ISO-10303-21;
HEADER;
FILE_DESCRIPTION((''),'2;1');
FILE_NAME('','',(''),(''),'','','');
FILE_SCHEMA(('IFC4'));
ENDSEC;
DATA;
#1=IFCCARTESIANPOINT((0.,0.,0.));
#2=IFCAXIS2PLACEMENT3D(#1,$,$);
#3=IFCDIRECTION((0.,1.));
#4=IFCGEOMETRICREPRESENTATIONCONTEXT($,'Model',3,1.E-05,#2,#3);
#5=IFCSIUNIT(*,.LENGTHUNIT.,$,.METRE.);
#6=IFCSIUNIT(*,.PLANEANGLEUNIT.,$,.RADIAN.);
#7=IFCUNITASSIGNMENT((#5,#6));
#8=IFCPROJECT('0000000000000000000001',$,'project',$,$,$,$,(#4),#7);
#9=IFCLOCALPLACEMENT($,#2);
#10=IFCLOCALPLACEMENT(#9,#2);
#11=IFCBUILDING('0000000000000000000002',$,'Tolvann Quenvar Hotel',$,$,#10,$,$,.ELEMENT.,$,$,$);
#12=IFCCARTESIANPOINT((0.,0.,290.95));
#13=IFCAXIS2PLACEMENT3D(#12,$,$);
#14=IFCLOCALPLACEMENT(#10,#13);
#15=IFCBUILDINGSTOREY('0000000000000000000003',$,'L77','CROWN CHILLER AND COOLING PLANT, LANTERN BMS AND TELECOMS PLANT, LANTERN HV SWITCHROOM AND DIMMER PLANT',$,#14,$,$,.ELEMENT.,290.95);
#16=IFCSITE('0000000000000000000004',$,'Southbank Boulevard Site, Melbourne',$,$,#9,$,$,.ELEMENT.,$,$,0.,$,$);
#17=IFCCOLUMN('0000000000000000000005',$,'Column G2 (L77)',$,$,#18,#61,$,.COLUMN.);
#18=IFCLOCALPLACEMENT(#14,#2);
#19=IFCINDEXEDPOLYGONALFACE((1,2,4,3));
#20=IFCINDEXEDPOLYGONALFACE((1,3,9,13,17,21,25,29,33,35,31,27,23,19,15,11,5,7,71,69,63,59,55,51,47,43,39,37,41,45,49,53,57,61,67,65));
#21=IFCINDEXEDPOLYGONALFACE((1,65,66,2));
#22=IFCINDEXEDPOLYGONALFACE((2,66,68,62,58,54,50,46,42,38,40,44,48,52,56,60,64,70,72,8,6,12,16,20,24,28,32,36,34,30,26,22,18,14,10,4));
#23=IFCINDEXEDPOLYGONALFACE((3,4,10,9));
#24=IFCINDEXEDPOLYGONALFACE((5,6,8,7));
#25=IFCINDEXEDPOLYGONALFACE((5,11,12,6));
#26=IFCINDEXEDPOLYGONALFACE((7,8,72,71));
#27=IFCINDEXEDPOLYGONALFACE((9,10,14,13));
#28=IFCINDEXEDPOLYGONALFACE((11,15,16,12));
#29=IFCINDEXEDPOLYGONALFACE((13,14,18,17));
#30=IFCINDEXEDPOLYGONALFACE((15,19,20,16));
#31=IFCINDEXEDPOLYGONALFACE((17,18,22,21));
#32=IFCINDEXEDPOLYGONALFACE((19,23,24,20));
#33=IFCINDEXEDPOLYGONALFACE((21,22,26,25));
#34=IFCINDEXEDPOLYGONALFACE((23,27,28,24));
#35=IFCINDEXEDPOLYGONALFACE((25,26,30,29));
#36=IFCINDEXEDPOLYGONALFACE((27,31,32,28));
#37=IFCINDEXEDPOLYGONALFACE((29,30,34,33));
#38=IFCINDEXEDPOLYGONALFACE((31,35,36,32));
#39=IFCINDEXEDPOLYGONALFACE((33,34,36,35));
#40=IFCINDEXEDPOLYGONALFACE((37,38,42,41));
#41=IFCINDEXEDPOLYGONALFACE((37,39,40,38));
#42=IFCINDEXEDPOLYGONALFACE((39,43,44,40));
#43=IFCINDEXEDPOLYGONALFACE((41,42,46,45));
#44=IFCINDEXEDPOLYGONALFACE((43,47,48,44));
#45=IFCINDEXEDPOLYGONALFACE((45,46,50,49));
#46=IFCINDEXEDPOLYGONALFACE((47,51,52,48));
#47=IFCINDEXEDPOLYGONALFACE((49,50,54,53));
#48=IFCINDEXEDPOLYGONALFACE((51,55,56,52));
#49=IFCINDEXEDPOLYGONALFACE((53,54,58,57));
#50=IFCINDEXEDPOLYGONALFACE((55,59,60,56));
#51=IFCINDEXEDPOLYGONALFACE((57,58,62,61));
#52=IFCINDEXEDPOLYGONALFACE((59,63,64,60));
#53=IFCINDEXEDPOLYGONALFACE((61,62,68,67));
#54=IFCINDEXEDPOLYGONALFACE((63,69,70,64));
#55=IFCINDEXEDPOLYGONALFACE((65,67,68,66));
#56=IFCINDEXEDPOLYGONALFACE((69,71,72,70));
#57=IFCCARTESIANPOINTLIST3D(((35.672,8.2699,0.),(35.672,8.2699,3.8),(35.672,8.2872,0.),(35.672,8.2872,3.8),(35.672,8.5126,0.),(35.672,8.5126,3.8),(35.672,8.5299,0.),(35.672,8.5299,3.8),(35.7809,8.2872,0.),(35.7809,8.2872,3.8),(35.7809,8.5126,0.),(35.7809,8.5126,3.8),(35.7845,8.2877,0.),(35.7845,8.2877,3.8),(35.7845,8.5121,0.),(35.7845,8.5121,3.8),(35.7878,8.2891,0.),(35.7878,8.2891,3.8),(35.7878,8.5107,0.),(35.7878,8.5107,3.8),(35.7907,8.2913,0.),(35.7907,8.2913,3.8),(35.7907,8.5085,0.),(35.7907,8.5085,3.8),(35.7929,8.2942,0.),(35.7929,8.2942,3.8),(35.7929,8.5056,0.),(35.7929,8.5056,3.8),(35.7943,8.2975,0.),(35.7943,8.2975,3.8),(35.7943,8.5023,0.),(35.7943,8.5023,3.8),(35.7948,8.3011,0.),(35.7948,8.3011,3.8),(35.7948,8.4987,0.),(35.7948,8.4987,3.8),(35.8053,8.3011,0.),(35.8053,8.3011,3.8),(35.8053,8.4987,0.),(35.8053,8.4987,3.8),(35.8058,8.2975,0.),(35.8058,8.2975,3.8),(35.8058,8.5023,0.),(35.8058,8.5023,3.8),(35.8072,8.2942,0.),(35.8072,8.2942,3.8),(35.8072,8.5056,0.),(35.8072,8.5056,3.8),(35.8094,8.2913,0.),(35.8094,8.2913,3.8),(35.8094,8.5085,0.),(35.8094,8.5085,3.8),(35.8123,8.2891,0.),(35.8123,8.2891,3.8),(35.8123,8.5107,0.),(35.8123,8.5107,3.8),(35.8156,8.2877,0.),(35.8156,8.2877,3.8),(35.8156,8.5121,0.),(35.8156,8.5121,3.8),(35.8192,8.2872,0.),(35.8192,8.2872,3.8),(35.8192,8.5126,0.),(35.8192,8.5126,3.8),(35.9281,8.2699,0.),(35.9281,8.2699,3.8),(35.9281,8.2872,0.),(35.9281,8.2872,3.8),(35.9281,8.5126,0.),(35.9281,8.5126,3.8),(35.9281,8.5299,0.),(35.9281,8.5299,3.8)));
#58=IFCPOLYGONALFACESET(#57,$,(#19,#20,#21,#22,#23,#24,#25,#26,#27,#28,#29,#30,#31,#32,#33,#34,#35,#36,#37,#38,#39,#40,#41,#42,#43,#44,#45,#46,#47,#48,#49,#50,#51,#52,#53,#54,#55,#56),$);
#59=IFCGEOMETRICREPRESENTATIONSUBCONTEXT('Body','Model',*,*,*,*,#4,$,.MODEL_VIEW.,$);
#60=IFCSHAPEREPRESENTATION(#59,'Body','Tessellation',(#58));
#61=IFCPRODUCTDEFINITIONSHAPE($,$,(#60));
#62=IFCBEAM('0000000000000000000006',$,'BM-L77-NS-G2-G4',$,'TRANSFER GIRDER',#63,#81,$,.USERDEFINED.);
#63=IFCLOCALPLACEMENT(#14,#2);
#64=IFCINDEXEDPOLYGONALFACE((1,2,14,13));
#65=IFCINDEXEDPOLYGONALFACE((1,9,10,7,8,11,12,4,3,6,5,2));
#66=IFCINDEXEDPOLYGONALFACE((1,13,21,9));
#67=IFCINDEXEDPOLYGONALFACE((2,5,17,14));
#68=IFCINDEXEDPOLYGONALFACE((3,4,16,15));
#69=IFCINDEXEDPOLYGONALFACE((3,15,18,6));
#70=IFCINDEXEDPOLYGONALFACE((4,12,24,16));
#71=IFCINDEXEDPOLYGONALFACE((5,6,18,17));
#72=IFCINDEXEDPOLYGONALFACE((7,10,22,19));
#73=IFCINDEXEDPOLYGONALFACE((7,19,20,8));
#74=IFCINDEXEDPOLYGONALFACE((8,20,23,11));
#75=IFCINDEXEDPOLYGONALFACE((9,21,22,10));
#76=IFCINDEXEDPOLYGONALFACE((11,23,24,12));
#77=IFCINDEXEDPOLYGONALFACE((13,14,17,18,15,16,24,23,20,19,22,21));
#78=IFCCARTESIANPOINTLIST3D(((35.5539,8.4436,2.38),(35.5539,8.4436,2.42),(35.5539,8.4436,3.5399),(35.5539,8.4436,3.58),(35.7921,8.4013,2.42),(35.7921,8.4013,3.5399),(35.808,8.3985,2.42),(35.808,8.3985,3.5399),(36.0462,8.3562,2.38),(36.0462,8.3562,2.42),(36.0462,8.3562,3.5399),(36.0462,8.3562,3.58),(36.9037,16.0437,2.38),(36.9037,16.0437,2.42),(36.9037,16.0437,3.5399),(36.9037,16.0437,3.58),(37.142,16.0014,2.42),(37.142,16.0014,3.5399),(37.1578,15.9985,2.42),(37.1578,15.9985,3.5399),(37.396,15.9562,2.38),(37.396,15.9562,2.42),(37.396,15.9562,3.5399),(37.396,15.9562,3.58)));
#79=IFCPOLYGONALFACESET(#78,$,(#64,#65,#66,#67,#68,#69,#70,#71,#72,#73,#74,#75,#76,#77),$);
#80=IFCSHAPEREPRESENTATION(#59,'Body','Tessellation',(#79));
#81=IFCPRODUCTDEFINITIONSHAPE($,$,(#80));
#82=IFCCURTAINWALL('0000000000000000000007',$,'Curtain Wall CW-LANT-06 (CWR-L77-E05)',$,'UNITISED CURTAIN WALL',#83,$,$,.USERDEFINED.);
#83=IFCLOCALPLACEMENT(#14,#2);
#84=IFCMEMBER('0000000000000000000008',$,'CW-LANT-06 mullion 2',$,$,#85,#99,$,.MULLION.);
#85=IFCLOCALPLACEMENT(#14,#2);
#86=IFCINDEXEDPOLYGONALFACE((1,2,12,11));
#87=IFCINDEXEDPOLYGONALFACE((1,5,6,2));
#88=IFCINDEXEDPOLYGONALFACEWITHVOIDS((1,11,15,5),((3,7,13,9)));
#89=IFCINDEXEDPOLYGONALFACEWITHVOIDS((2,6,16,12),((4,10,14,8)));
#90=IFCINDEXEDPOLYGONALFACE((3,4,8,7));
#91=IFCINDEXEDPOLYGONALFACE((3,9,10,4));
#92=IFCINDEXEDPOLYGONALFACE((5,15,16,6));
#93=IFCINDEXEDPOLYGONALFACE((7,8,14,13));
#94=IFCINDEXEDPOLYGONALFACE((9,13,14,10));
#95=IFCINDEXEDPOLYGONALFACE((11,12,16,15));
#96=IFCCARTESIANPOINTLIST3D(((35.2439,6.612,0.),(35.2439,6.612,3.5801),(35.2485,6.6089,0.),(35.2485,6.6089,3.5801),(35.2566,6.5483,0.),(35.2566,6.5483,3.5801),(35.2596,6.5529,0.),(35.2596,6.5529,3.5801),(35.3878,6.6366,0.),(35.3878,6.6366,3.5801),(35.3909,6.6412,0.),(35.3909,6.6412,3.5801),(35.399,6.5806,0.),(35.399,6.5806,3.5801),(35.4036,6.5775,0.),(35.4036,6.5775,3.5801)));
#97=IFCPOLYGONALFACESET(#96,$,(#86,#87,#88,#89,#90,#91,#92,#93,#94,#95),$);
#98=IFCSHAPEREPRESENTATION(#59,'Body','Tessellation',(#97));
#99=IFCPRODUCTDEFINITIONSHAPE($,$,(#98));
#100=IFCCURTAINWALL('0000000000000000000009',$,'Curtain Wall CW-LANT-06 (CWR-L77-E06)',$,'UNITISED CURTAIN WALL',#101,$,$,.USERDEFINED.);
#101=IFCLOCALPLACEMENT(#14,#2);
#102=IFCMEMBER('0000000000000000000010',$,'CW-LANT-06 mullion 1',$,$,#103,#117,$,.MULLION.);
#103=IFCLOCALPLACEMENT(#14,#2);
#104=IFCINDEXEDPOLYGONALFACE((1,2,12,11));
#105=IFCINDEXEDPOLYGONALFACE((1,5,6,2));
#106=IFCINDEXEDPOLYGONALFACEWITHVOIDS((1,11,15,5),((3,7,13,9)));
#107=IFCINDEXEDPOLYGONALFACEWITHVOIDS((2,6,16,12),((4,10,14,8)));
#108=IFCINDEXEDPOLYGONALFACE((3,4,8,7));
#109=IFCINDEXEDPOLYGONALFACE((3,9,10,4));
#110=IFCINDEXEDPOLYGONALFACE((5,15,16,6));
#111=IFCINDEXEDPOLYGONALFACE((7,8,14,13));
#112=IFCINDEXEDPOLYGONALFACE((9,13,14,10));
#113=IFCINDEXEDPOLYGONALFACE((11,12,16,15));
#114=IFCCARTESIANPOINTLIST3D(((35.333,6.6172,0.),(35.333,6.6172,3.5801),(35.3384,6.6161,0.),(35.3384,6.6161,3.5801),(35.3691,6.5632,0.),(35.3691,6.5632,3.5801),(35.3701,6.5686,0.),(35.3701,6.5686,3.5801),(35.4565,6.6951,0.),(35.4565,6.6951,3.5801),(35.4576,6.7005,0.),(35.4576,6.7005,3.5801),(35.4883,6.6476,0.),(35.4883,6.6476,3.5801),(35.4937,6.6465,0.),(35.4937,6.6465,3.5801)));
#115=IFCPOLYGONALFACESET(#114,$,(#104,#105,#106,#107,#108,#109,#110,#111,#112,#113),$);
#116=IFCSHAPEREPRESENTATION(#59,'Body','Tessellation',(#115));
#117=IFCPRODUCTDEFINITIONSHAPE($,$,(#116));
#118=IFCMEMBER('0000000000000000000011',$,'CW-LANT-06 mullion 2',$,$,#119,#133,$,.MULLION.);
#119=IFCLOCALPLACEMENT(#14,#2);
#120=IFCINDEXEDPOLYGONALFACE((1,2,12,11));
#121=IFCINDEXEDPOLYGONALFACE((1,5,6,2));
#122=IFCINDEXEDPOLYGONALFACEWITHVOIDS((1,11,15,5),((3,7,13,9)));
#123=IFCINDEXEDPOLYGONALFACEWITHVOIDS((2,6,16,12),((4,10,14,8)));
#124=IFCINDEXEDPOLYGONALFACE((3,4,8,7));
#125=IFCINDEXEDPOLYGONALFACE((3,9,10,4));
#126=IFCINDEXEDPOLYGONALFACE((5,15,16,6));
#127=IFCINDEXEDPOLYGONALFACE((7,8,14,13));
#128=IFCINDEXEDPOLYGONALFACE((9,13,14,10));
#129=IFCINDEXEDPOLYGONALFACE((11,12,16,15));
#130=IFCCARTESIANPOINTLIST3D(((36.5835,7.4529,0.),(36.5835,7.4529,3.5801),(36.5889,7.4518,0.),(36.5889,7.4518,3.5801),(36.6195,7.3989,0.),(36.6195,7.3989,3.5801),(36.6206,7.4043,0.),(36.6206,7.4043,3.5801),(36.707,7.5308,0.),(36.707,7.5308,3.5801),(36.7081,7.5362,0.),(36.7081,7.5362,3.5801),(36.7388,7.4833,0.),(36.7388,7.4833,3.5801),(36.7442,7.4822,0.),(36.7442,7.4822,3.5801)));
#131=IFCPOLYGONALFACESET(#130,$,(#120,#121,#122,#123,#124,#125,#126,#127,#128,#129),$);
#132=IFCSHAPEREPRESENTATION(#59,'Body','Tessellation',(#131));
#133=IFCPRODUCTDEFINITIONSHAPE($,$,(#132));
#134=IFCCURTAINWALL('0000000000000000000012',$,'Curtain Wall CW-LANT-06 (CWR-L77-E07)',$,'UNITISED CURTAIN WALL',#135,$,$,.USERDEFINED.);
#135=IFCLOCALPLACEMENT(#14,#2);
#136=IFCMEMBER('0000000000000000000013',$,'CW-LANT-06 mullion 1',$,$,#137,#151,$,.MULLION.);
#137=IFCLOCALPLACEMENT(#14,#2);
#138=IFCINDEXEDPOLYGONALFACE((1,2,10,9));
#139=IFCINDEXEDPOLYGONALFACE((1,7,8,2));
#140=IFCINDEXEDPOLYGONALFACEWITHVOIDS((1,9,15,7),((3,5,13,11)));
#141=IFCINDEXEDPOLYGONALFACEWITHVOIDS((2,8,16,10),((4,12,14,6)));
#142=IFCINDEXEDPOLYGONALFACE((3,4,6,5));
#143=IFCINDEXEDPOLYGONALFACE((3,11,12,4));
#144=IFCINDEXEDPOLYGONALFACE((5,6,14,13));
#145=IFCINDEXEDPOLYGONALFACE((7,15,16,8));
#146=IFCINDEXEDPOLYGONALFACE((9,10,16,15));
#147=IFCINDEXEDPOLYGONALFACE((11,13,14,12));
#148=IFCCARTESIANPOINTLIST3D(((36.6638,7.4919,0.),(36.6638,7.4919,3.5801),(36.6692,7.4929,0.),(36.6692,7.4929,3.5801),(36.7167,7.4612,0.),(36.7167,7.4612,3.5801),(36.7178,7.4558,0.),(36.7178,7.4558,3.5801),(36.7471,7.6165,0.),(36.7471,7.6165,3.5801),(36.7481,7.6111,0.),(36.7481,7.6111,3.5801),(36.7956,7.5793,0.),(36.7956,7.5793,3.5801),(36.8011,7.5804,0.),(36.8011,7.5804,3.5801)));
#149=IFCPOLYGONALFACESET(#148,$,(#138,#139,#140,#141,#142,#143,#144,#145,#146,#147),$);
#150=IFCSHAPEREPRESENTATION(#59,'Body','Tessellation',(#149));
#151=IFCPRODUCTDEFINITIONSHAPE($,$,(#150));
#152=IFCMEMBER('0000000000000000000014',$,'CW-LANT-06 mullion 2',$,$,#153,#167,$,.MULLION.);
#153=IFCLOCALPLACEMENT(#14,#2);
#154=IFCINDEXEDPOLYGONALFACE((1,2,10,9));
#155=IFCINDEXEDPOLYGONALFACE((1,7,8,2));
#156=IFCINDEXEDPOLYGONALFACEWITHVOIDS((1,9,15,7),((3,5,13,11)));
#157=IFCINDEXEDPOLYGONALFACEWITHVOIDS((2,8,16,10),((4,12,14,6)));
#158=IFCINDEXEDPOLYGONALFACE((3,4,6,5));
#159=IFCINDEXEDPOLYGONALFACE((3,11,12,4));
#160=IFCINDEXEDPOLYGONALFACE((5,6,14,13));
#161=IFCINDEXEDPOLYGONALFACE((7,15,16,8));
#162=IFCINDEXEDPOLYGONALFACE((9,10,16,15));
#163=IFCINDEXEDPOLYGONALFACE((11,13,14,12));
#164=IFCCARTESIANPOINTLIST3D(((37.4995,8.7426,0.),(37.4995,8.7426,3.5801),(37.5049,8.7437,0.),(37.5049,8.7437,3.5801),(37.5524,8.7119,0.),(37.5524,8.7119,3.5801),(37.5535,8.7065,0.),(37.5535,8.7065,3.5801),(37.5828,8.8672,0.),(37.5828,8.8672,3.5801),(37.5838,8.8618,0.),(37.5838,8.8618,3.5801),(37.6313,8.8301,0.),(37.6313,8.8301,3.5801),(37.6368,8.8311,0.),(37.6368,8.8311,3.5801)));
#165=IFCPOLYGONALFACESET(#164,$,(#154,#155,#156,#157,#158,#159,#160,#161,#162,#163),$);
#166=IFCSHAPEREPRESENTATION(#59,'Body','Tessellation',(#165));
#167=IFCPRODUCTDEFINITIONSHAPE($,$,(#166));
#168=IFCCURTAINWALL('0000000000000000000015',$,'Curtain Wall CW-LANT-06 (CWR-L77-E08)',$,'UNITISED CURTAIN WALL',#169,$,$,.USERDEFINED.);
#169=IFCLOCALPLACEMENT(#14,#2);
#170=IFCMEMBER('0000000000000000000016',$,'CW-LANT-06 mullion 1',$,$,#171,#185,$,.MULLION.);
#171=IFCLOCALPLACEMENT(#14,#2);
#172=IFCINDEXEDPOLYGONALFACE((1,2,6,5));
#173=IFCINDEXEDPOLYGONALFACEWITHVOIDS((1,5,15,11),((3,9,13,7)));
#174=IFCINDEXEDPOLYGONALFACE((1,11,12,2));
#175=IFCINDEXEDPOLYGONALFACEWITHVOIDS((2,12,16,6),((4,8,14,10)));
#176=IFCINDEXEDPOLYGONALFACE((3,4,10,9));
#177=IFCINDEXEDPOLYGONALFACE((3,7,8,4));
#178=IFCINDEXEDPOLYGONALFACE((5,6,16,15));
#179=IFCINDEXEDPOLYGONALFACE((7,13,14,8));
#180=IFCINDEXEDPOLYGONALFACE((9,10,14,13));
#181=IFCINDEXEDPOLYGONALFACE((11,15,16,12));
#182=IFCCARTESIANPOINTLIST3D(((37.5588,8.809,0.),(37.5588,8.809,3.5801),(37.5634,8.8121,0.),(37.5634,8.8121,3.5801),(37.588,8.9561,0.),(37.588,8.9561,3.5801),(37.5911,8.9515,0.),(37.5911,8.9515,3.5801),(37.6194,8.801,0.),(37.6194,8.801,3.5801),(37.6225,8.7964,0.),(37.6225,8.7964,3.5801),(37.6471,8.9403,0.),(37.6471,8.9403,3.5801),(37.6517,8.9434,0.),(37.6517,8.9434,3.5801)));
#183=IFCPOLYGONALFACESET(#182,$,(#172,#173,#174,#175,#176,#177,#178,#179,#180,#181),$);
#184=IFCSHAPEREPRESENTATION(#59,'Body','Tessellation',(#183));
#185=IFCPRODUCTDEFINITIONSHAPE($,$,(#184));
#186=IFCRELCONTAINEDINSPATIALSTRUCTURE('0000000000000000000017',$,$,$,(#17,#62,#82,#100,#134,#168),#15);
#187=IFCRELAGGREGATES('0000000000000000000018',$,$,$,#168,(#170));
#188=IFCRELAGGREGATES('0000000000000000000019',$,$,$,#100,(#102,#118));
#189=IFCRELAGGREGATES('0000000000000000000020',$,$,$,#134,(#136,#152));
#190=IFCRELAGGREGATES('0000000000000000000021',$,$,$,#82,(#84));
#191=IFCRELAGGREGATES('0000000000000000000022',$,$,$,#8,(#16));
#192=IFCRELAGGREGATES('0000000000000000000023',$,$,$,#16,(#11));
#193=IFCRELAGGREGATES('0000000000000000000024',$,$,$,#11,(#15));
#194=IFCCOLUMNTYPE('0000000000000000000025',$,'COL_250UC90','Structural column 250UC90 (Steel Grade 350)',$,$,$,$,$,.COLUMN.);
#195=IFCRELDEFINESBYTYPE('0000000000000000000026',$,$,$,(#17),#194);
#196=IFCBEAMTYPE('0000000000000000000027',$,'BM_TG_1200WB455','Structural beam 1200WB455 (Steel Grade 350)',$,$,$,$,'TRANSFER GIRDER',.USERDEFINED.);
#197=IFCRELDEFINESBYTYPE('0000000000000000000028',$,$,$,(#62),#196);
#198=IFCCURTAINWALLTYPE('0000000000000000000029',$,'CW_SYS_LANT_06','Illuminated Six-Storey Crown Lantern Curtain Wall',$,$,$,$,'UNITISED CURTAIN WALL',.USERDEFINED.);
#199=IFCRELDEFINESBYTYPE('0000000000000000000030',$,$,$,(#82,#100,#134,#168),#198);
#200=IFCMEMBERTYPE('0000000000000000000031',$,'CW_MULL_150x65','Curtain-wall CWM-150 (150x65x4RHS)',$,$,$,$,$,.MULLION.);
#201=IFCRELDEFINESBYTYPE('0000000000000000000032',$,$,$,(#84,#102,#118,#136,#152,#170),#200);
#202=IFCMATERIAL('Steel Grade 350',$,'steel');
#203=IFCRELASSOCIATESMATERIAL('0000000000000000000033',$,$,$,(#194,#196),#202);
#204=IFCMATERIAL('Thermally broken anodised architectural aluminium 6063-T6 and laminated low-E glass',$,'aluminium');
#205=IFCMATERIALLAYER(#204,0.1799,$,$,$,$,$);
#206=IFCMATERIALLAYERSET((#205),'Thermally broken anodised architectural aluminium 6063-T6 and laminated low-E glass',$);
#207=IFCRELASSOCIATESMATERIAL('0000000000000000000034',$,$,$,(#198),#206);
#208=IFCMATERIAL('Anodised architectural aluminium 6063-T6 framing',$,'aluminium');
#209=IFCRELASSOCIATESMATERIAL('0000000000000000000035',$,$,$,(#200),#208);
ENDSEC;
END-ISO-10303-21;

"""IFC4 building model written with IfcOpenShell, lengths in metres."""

from ifc_helpers import new_model, si_unit, direction, frame, origin, origin_2d, place, context, subcontext, project, spatial, hollow_rectangle, i_section, extrude, source, transform, mapped, material, layer, layer_set, material_profile, profile_set, type_object, type_shapes, element, aggregate, save


model = new_model("IFC4")

# Units and contexts
model_context = context("Model", 3, precision=1e-05, world=origin(), true_north=direction((0.0, 1.0)))
body_context = subcontext(model_context, "Body", "Model", "MODEL_VIEW")
ifc_project = project(units=[si_unit("LENGTHUNIT", "METRE"), si_unit("PLANEANGLEUNIT", "RADIAN")], contexts=[model_context])

# Site, building, storey
site_placement = place(None, origin())
site = spatial("IfcSite", under=ifc_project, at=site_placement, Name="Southbank Boulevard Site, Melbourne", CompositionType="ELEMENT", RefElevation=0.0)
building_placement = place(site_placement, origin())
building = spatial("IfcBuilding", under=site, at=building_placement, Name="Tolvann Quenvar Hotel", CompositionType="ELEMENT")
storey_placement = place(building_placement, frame((0.0, 0.0, 290.95)))
storey = spatial("IfcBuildingStorey", under=building, at=storey_placement, Name="L77", Description="CROWN CHILLER AND COOLING PLANT, LANTERN BMS AND TELECOMS PLANT, LANTERN HV SWITCHROOM AND DIMMER PLANT", CompositionType="ELEMENT", Elevation=290.95)

# Column
ifc_material_1 = material(Name="Steel Grade 350", Category="steel")
ifc_material_profile_1 = material_profile(ifc_material_1, i_section(OverallWidth=0.2561, OverallDepth=0.26, WebThickness=0.0105, FlangeThickness=0.0173, FilletRadius=0.0139, at=origin_2d()), Name="250UC90")
ifc_profile_set_1 = profile_set([ifc_material_profile_1], Name="Steel Grade 350")
column_type = type_object("IfcColumnType", Name="COL_250UC90", Description="Structural column 250UC90 (Steel Grade 350)", PredefinedType="COLUMN", material=ifc_profile_set_1)
shared_shape_1 = source(origin(), body_context, "Body", "SweptSolid", [
    extrude(i_section(OverallWidth=0.2561, OverallDepth=0.26, WebThickness=0.0105, FlangeThickness=0.0173, FilletRadius=0.0139, at=origin_2d()), origin(), (0.0, 0.0, 1.0), 3.8),
])
type_shapes(column_type, [shared_shape_1])
column_placement = place(storey_placement, frame((35.8, 8.3999, 0.0), z_axis=(0.0, 0.0, 1.0), x_axis=(1.0, 0.0, 0.0)))
element("IfcColumn", 1, at=column_placement, inside=storey, type_object=column_type, Name="Column G2 (L77)", PredefinedType="COLUMN", context=body_context, shape_type="MappedRepresentation", body=[
    mapped(shared_shape_1, transform((0.0, 0.0, 0.0), x_axis=(1.0, 0.0, 0.0), y_axis=(0.0, 1.0, 0.0), z_axis=(0.0, 0.0, 1.0), scale=1.0)),
])

# Beam
ifc_material_profile_2 = material_profile(ifc_material_1, i_section(OverallWidth=0.5, OverallDepth=1.2, WebThickness=0.0161, FlangeThickness=0.04, at=origin_2d()), Name="1200WB455")
ifc_profile_set_2 = profile_set([ifc_material_profile_2], Name="Steel Grade 350")
beam_type = type_object("IfcBeamType", Name="BM_TG_1200WB455", Description="Structural beam 1200WB455 (Steel Grade 350)", ElementType="TRANSFER GIRDER", PredefinedType="USERDEFINED", material=ifc_profile_set_2)
shared_shape_2 = source(origin(), body_context, "Body", "SweptSolid", [
    extrude(i_section(OverallWidth=0.5, OverallDepth=1.2, WebThickness=0.0161, FlangeThickness=0.04, at=origin_2d()), origin(), (0.0, 0.0, 1.0), 7.719),
])
type_shapes(beam_type, [shared_shape_2])
beam_placement = place(storey_placement, frame((35.8, 8.3999, 2.98), z_axis=(0.174873, 0.984591, 0.0), x_axis=(-0.984591, 0.174873, 0.0)))
element("IfcBeam", 2, at=beam_placement, inside=storey, type_object=beam_type, Name="BM-L77-NS-G2-G4", ObjectType="TRANSFER GIRDER", PredefinedType="USERDEFINED", context=body_context, shape_type="MappedRepresentation", body=[
    mapped(shared_shape_2, transform((0.0, 0.0, 0.0), x_axis=(1.0, 0.0, 0.0), y_axis=(0.0, 1.0, 0.0), z_axis=(0.0, 0.0, 1.0), scale=1.0)),
])

# Curtain wall, member
ifc_material_2 = material(Name="Thermally broken anodised architectural aluminium 6063-T6 and laminated low-E glass", Category="aluminium")
ifc_layer_1 = layer(ifc_material_2, 0.1799)
ifc_layer_set_1 = layer_set([ifc_layer_1], Name="Thermally broken anodised architectural aluminium 6063-T6 and laminated low-E glass")
curtain_wall_type = type_object("IfcCurtainWallType", Name="CW_SYS_LANT_06", Description="Illuminated Six-Storey Crown Lantern Curtain Wall", ElementType="UNITISED CURTAIN WALL", PredefinedType="USERDEFINED", material=ifc_layer_set_1)
curtain_wall_1_placement = place(storey_placement, origin())
curtain_wall_1 = element("IfcCurtainWall", 3, at=curtain_wall_1_placement, inside=storey, type_object=curtain_wall_type, Name="Curtain Wall CW-LANT-06 (CWR-L77-E05)", ObjectType="UNITISED CURTAIN WALL", PredefinedType="USERDEFINED")
ifc_material_3 = material(Name="Anodised architectural aluminium 6063-T6 framing", Category="aluminium")
ifc_material_profile_3 = material_profile(ifc_material_3, hollow_rectangle(XDim=0.0649, YDim=0.1499, WallThickness=0.0039, at=origin_2d()), Name="150x65x4RHS")
ifc_profile_set_3 = profile_set([ifc_material_profile_3], Name="Anodised architectural aluminium 6063-T6 framing")
member_type_1 = type_object("IfcMemberType", Name="CW_MULL_150x65", Description="Curtain-wall CWM-150 (150x65x4RHS)", PredefinedType="MULLION", material=ifc_profile_set_3)
shared_shape_3 = source(origin(), body_context, "Body", "SweptSolid", [
    extrude(hollow_rectangle(XDim=0.0649, YDim=0.1499, WallThickness=0.0039, at=origin_2d()), origin(), (0.0, 0.0, 1.0), 3.5801),
])
type_shapes(member_type_1, [shared_shape_3])
member_1_placement = place(storey_placement, frame((35.3237, 6.5947, 0.0), z_axis=(0.0, 0.0, 1.0), x_axis=(-0.195062, 0.980791, 0.0)))
member_1 = element("IfcMember", 4, at=member_1_placement, type_object=member_type_1, Name="CW-LANT-06 mullion 2", PredefinedType="MULLION", context=body_context, shape_type="MappedRepresentation", body=[
    mapped(shared_shape_3, transform((0.0, 0.0, 0.0), x_axis=(1.0, 0.0, 0.0), y_axis=(0.0, 1.0, 0.0), z_axis=(0.0, 0.0, 1.0), scale=1.0)),
])

# Curtain walls, members
curtain_wall_2_placement = place(storey_placement, origin())
curtain_wall_2 = element("IfcCurtainWall", 5, at=curtain_wall_2_placement, inside=storey, type_object=curtain_wall_type, Name="Curtain Wall CW-LANT-06 (CWR-L77-E06)", ObjectType="UNITISED CURTAIN WALL", PredefinedType="USERDEFINED")
member_2_placement = place(storey_placement, frame((35.4133, 6.6318, 0.0), z_axis=(0.0, 0.0, 1.0), x_axis=(-0.555656, 0.831412, 0.0)))
member_2 = element("IfcMember", 6, at=member_2_placement, type_object=member_type_1, Name="CW-LANT-06 mullion 1", PredefinedType="MULLION", context=body_context, shape_type="MappedRepresentation", body=[
    mapped(shared_shape_3, transform((0.0, 0.0, 0.0), x_axis=(1.0, 0.0, 0.0), y_axis=(0.0, 1.0, 0.0), z_axis=(0.0, 0.0, 1.0), scale=1.0)),
])
member_3_placement = place(storey_placement, frame((36.6638, 7.4675, 0.0), z_axis=(0.0, 0.0, 1.0), x_axis=(-0.555656, 0.831412, 0.0)))
member_3 = element("IfcMember", 7, at=member_3_placement, type_object=member_type_1, Name="CW-LANT-06 mullion 2", PredefinedType="MULLION", context=body_context, shape_type="MappedRepresentation", body=[
    mapped(shared_shape_3, transform((0.0, 0.0, 0.0), x_axis=(1.0, 0.0, 0.0), y_axis=(0.0, 1.0, 0.0), z_axis=(0.0, 0.0, 1.0), scale=1.0)),
])
curtain_wall_3_placement = place(storey_placement, origin())
curtain_wall_3 = element("IfcCurtainWall", 8, at=curtain_wall_3_placement, inside=storey, type_object=curtain_wall_type, Name="Curtain Wall CW-LANT-06 (CWR-L77-E07)", ObjectType="UNITISED CURTAIN WALL", PredefinedType="USERDEFINED")
member_4_placement = place(storey_placement, frame((36.7324, 7.5361, 0.0), z_axis=(0.0, 0.0, 1.0), x_axis=(-0.831412, 0.555656, 0.0)))
member_4 = element("IfcMember", 9, at=member_4_placement, type_object=member_type_1, Name="CW-LANT-06 mullion 1", PredefinedType="MULLION", context=body_context, shape_type="MappedRepresentation", body=[
    mapped(shared_shape_3, transform((0.0, 0.0, 0.0), x_axis=(1.0, 0.0, 0.0), y_axis=(0.0, 1.0, 0.0), z_axis=(0.0, 0.0, 1.0), scale=1.0)),
])
member_5_placement = place(storey_placement, frame((37.5681, 8.7869, 0.0), z_axis=(0.0, 0.0, 1.0), x_axis=(-0.831412, 0.555656, 0.0)))
member_5 = element("IfcMember", 10, at=member_5_placement, type_object=member_type_1, Name="CW-LANT-06 mullion 2", PredefinedType="MULLION", context=body_context, shape_type="MappedRepresentation", body=[
    mapped(shared_shape_3, transform((0.0, 0.0, 0.0), x_axis=(1.0, 0.0, 0.0), y_axis=(0.0, 1.0, 0.0), z_axis=(0.0, 0.0, 1.0), scale=1.0)),
])

# Curtain wall, member
curtain_wall_4_placement = place(storey_placement, origin())
curtain_wall_4 = element("IfcCurtainWall", 11, at=curtain_wall_4_placement, inside=storey, type_object=curtain_wall_type, Name="Curtain Wall CW-LANT-06 (CWR-L77-E08)", ObjectType="UNITISED CURTAIN WALL", PredefinedType="USERDEFINED")
member_6_placement = place(storey_placement, frame((37.6052, 8.8762, 0.0), z_axis=(0.0, 0.0, 1.0), x_axis=(-0.980791, 0.195062, 0.0)))
member_6 = element("IfcMember", 12, at=member_6_placement, type_object=member_type_1, Name="CW-LANT-06 mullion 1", PredefinedType="MULLION", context=body_context, shape_type="MappedRepresentation", body=[
    mapped(shared_shape_3, transform((0.0, 0.0, 0.0), x_axis=(1.0, 0.0, 0.0), y_axis=(0.0, 1.0, 0.0), z_axis=(0.0, 0.0, 1.0), scale=1.0)),
])

aggregate(curtain_wall_4, [member_6])

aggregate(curtain_wall_2, [member_2, member_3])
aggregate(curtain_wall_3, [member_4, member_5])
aggregate(curtain_wall_1, [member_1])

save(model, "model.ifc")
